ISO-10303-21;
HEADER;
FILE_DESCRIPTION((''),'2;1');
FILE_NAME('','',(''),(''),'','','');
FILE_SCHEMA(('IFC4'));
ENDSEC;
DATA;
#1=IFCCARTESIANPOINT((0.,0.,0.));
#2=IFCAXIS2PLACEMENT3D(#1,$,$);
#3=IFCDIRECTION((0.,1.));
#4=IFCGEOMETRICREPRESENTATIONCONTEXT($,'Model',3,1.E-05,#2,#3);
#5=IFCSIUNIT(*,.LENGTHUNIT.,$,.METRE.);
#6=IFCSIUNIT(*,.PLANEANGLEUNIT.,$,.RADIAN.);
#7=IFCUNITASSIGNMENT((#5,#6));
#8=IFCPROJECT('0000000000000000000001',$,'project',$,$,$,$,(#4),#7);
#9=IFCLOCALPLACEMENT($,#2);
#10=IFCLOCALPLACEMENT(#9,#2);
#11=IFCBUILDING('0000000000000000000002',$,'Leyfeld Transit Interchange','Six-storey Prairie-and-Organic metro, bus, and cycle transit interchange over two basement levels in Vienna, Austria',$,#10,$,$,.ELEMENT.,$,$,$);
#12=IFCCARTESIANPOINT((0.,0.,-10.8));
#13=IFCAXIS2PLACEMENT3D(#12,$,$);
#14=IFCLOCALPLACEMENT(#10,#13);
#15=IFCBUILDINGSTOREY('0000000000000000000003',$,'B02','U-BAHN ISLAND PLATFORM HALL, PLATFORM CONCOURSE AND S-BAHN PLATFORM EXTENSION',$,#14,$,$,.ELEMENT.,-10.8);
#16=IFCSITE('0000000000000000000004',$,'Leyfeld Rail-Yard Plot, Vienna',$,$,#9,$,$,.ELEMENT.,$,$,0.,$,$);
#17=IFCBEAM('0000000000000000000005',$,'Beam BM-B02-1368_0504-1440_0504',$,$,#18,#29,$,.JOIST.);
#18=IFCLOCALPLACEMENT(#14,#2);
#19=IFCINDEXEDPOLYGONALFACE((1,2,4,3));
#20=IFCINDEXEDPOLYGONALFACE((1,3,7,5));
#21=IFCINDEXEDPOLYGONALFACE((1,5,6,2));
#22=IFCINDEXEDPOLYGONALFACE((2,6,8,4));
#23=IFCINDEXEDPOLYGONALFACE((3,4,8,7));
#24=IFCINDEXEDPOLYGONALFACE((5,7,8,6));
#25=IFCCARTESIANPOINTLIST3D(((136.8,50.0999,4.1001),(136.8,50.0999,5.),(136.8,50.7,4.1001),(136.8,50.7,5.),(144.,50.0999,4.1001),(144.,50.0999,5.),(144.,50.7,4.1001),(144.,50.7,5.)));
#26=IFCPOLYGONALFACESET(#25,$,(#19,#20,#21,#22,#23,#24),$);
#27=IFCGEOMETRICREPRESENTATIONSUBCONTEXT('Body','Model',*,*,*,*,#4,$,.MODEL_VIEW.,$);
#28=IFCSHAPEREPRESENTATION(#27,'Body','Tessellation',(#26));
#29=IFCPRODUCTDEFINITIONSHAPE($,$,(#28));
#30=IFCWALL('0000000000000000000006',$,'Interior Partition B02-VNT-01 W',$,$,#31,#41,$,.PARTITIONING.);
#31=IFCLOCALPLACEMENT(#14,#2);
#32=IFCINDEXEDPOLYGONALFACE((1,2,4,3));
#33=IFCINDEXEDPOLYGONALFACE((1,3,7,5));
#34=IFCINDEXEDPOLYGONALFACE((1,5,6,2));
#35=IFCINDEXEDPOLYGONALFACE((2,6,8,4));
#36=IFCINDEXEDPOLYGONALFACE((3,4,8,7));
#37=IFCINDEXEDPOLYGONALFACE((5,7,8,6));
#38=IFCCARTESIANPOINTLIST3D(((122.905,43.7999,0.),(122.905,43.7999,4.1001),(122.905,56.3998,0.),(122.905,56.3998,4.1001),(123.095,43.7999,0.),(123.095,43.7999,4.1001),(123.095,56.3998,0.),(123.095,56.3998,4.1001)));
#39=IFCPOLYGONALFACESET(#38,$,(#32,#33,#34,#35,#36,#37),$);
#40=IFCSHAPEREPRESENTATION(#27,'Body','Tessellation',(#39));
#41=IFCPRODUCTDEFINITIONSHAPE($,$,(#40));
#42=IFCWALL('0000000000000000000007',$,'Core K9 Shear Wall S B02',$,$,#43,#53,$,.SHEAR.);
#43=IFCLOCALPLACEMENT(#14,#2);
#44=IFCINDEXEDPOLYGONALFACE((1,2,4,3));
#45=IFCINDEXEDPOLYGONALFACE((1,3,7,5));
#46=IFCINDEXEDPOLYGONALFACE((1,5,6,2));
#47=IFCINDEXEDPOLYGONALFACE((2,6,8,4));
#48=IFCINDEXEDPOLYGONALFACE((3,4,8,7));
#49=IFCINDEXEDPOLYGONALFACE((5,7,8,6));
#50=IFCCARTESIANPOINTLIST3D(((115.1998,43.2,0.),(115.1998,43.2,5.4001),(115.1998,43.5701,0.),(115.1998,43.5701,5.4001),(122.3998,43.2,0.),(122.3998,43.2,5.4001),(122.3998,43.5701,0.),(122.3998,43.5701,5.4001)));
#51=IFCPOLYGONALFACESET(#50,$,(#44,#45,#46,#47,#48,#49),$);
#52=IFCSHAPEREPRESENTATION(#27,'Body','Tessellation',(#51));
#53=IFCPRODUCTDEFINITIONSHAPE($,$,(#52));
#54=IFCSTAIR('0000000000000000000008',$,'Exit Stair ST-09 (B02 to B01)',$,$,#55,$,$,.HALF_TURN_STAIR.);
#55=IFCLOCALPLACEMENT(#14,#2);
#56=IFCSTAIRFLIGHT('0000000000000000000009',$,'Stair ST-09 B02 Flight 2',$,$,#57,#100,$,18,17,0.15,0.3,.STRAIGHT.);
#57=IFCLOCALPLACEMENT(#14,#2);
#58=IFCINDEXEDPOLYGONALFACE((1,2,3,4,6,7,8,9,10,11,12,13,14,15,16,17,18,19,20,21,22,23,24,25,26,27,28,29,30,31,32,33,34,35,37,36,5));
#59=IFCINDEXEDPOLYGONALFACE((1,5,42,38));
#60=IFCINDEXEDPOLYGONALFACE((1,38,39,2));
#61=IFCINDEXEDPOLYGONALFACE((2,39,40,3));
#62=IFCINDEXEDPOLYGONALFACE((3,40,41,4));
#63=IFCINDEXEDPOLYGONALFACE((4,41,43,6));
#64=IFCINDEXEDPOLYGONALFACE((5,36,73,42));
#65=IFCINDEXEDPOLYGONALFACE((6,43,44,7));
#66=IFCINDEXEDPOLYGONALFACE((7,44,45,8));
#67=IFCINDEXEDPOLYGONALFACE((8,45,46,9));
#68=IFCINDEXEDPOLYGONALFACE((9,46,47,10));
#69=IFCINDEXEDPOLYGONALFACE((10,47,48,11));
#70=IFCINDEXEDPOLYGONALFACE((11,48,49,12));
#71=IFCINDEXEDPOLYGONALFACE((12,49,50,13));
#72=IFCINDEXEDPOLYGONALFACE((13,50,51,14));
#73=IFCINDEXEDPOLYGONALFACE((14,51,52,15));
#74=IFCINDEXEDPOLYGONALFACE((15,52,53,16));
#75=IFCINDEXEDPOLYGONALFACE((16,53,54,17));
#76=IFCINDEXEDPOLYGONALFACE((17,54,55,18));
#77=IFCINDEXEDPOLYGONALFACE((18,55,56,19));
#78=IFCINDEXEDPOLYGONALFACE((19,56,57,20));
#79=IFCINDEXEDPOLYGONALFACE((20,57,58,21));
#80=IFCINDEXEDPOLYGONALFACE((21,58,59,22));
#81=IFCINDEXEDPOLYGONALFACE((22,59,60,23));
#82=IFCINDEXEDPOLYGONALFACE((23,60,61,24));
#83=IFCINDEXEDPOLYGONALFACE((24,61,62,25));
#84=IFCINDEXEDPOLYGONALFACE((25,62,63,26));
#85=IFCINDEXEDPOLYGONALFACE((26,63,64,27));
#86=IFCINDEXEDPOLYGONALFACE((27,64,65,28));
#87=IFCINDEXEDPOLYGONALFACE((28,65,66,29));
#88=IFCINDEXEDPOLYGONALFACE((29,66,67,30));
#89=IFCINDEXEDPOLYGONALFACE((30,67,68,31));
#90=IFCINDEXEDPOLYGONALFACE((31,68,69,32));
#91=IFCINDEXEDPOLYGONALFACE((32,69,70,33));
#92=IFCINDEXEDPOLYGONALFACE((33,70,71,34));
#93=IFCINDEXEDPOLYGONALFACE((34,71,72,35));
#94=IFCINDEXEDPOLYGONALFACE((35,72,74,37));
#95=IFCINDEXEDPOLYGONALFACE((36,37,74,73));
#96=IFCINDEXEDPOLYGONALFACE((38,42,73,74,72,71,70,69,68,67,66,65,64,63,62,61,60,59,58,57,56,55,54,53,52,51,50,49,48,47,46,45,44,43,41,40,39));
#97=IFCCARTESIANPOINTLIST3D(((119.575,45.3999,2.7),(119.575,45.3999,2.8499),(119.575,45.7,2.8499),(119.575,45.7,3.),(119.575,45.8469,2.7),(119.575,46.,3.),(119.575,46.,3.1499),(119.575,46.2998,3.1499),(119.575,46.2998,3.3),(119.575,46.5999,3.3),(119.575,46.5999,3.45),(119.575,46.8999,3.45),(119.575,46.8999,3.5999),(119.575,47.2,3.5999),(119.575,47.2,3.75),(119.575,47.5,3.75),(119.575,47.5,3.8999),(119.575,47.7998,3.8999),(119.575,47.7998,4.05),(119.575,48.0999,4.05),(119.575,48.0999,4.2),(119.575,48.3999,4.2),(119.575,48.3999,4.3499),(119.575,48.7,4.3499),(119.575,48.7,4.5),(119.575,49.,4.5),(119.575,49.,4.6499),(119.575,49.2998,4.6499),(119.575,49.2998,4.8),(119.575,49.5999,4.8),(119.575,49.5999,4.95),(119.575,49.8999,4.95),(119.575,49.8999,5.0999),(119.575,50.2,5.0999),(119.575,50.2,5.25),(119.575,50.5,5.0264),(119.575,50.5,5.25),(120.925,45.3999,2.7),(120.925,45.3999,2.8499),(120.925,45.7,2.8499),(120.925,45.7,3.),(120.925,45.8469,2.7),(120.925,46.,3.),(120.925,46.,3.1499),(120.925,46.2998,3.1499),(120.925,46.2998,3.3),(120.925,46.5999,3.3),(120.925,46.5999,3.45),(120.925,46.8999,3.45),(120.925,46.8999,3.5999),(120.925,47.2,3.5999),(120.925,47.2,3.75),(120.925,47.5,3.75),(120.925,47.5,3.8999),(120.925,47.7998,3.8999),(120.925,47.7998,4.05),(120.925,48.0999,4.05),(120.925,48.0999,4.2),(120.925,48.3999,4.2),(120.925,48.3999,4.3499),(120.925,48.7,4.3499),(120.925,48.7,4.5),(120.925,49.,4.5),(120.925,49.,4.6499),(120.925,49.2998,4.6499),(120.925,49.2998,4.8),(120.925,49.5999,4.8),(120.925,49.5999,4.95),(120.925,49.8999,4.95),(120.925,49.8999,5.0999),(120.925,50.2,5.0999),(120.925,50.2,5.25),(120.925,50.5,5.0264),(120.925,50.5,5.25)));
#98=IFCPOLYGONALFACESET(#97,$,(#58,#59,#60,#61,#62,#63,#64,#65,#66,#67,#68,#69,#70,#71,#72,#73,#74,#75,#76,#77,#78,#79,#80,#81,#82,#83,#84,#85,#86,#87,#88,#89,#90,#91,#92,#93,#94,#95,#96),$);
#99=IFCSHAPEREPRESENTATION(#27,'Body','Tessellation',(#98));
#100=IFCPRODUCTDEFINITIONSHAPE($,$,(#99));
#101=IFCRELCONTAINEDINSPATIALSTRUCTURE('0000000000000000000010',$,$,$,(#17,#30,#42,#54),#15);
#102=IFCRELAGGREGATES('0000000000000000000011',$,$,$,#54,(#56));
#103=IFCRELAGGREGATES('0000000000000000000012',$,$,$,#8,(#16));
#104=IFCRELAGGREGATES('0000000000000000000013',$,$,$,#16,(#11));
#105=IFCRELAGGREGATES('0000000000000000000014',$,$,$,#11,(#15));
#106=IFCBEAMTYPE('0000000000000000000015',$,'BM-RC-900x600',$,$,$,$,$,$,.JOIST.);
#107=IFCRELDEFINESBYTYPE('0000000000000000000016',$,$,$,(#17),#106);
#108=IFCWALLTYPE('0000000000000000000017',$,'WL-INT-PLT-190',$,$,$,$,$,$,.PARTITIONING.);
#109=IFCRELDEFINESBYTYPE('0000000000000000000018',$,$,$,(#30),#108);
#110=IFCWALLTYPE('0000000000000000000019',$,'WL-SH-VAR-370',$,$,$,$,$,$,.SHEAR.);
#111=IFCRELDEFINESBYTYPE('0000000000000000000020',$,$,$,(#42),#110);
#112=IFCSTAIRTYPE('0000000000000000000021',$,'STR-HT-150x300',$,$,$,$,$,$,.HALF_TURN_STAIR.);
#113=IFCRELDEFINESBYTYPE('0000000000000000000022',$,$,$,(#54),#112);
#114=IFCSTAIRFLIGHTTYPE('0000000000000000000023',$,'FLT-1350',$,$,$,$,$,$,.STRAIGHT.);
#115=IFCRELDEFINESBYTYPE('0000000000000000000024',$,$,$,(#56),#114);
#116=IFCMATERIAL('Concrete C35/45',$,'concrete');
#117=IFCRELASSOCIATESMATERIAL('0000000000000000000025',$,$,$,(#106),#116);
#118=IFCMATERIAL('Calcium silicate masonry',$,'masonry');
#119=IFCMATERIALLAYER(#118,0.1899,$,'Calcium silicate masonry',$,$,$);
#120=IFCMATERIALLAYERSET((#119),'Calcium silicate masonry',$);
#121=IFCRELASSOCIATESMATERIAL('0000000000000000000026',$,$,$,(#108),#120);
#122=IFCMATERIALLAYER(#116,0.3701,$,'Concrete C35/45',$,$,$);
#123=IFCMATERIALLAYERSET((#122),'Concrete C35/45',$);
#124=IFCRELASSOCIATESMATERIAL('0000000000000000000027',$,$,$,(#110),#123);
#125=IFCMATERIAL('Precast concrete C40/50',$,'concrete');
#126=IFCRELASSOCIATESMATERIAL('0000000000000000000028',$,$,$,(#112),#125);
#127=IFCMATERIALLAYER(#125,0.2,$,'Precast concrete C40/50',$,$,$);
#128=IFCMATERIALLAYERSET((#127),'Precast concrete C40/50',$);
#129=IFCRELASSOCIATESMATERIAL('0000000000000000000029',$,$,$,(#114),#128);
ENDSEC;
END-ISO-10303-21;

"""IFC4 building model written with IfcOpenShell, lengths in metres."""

from ifc_helpers import new_model, si_unit, direction, frame, frame_2d, origin, origin_2d, place, context, subcontext, project, spatial, polyline, rectangle, outline, extrude, material, layer, layer_set, material_profile, profile_set, type_object, element, aggregate, save


model = new_model("IFC4")

# Units and contexts
model_context = context("Model", 3, precision=1e-05, world=origin(), true_north=direction((0.0, 1.0)))
body_context = subcontext(model_context, "Body", "Model", "MODEL_VIEW")
ifc_project = project(units=[si_unit("LENGTHUNIT", "METRE"), si_unit("PLANEANGLEUNIT", "RADIAN")], contexts=[model_context])

# Site, building, storey
site_placement = place(None, origin())
site = spatial("IfcSite", under=ifc_project, at=site_placement, Name="Leyfeld Rail-Yard Plot, Vienna", CompositionType="ELEMENT", RefElevation=0.0)
building_placement = place(site_placement, origin())
building = spatial("IfcBuilding", under=site, at=building_placement, Name="Leyfeld Transit Interchange", Description="Six-storey Prairie-and-Organic metro, bus, and cycle transit interchange over two basement levels in Vienna, Austria", CompositionType="ELEMENT")
storey_placement = place(building_placement, frame((0.0, 0.0, -10.8)))
storey = spatial("IfcBuildingStorey", under=building, at=storey_placement, Name="B02", Description="U-BAHN ISLAND PLATFORM HALL, PLATFORM CONCOURSE AND S-BAHN PLATFORM EXTENSION", CompositionType="ELEMENT", Elevation=-10.8)

# Shared definitions
ifc_material_1 = material(Name="Concrete C35/45", Category="concrete")

# Beam
ifc_material_profile_1 = material_profile(ifc_material_1, rectangle(XDim=0.6001, YDim=0.8999, at=origin_2d()), Name="RC 900x600")
ifc_profile_set_1 = profile_set([ifc_material_profile_1], Name="Concrete C35/45")
beam_type_1 = type_object("IfcBeamType", Name="BM-RC-900x600", PredefinedType="JOIST", material=ifc_profile_set_1)
for number, where, z_axis, x_axis, name in (
    (1, (136.8, 50.3999, 4.55), (1.0, 0.0, 0.0), (0.0, 1.0, 0.0), "Beam BM-B02-1368_0504-1440_0504"),
):
    element("IfcBeam", number, at=place(storey_placement, frame(where, z_axis=z_axis, x_axis=x_axis)), inside=storey, type_object=beam_type_1, Name=name, PredefinedType="JOIST", context=body_context, shape_type="SweptSolid", body=[
        extrude(rectangle(XDim=0.6001, YDim=0.8999, at=origin_2d()), origin(), (0.0, 0.0, 1.0), 7.2),
    ])

# Walls
ifc_material_2 = material(Name="Calcium silicate masonry", Category="masonry")
ifc_layer_1 = layer(ifc_material_2, 0.1899, Name="Calcium silicate masonry")
ifc_layer_set_1 = layer_set([ifc_layer_1], Name="Calcium silicate masonry")
wall_type_1 = type_object("IfcWallType", Name="WL-INT-PLT-190", PredefinedType="PARTITIONING", material=ifc_layer_set_1)
wall_1_placement = place(storey_placement, frame((123.0, 43.8, 0.0), z_axis=(0.0, 0.0, 1.0), x_axis=(0.0, 1.0, 0.0)))
element("IfcWall", 2, at=wall_1_placement, inside=storey, type_object=wall_type_1, Name="Interior Partition B02-VNT-01 W", PredefinedType="PARTITIONING", context=body_context, shape_type="SweptSolid", body=[
    extrude(rectangle(XDim=12.5999, YDim=0.1899, at=frame_2d((6.2998, 0.0))), origin(), (0.0, 0.0, 1.0), 4.1001),
])
ifc_layer_2 = layer(ifc_material_1, 0.3701, Name="Concrete C35/45")
ifc_layer_set_2 = layer_set([ifc_layer_2], Name="Concrete C35/45")
wall_type_2 = type_object("IfcWallType", Name="WL-SH-VAR-370", PredefinedType="SHEAR", material=ifc_layer_set_2)
wall_2_placement = place(storey_placement, frame((122.3999, 43.385, 0.0), z_axis=(0.0, 0.0, 1.0), x_axis=(-1.0, 0.0, 0.0)))
element("IfcWall", 3, at=wall_2_placement, inside=storey, type_object=wall_type_2, Name="Core K9 Shear Wall S B02", PredefinedType="SHEAR", context=body_context, shape_type="SweptSolid", body=[
    extrude(rectangle(XDim=7.2, YDim=0.3701, at=frame_2d((3.6001, 0.0))), origin(), (0.0, 0.0, 1.0), 5.4001),
])

# Stair, stair flight
ifc_material_3 = material(Name="Precast concrete C40/50", Category="concrete")
stair_type = type_object("IfcStairType", Name="STR-HT-150x300", PredefinedType="HALF_TURN_STAIR", material=ifc_material_3)
stair_placement = place(storey_placement, origin())
stair = element("IfcStair", 4, at=stair_placement, inside=storey, type_object=stair_type, Name="Exit Stair ST-09 (B02 to B01)", PredefinedType="HALF_TURN_STAIR")
ifc_layer_3 = layer(ifc_material_3, 0.2, Name="Precast concrete C40/50")
ifc_layer_set_3 = layer_set([ifc_layer_3], Name="Precast concrete C40/50")
stair_flight_type = type_object("IfcStairFlightType", Name="FLT-1350", PredefinedType="STRAIGHT", material=ifc_layer_set_3)
stair_flight_placement = place(storey_placement, frame((120.25, 45.3999, 2.7), z_axis=(0.0, 0.0, 1.0), x_axis=(0.0, 1.0, 0.0)))
stair_flight = element("IfcStairFlight", 5, at=stair_flight_placement, type_object=stair_flight_type, Name="Stair ST-09 B02 Flight 2", NumberOfRisers=18, NumberOfTreads=17, PredefinedType="STRAIGHT", RiserHeight=0.15, TreadLength=0.3, context=body_context, shape_type="SweptSolid", body=[
    extrude(outline(polyline([(0.0, 0.0), (0.0, 0.1499), (0.3, 0.1499), (0.3, 0.3), (0.6001, 0.3), (0.6001, 0.45), (0.8999, 0.45), (0.8999, 0.6001), (1.2, 0.6001), (1.2, 0.75), (1.5, 0.75), (1.5, 0.8999), (1.8, 0.8999), (1.8, 1.05), (2.1001, 1.05), (2.1001, 1.2), (2.3999, 1.2), (2.3999, 1.3501), (2.7, 1.3501), (2.7, 1.5), (3.0, 1.5), (3.0, 1.6499), (3.3, 1.6499), (3.3, 1.8), (3.6001, 1.8), (3.6001, 1.95), (3.8999, 1.95), (3.8999, 2.1001), (4.2, 2.1001), (4.2, 2.25), (4.5, 2.25), (4.5, 2.3999), (4.8, 2.3999), (4.8, 2.55), (5.1001, 2.55), (5.1001, 2.7), (5.1001, 2.3264), (0.447, 0.0), (0.0, 0.0)])), frame((0.0, 0.675, 0.0), z_axis=(0.0, -1.0, 0.0), x_axis=(1.0, 0.0, 0.0)), (0.0, 0.0, 1.0), 1.3501),
])
aggregate(stair, [stair_flight])

save(model, "model.ifc")
